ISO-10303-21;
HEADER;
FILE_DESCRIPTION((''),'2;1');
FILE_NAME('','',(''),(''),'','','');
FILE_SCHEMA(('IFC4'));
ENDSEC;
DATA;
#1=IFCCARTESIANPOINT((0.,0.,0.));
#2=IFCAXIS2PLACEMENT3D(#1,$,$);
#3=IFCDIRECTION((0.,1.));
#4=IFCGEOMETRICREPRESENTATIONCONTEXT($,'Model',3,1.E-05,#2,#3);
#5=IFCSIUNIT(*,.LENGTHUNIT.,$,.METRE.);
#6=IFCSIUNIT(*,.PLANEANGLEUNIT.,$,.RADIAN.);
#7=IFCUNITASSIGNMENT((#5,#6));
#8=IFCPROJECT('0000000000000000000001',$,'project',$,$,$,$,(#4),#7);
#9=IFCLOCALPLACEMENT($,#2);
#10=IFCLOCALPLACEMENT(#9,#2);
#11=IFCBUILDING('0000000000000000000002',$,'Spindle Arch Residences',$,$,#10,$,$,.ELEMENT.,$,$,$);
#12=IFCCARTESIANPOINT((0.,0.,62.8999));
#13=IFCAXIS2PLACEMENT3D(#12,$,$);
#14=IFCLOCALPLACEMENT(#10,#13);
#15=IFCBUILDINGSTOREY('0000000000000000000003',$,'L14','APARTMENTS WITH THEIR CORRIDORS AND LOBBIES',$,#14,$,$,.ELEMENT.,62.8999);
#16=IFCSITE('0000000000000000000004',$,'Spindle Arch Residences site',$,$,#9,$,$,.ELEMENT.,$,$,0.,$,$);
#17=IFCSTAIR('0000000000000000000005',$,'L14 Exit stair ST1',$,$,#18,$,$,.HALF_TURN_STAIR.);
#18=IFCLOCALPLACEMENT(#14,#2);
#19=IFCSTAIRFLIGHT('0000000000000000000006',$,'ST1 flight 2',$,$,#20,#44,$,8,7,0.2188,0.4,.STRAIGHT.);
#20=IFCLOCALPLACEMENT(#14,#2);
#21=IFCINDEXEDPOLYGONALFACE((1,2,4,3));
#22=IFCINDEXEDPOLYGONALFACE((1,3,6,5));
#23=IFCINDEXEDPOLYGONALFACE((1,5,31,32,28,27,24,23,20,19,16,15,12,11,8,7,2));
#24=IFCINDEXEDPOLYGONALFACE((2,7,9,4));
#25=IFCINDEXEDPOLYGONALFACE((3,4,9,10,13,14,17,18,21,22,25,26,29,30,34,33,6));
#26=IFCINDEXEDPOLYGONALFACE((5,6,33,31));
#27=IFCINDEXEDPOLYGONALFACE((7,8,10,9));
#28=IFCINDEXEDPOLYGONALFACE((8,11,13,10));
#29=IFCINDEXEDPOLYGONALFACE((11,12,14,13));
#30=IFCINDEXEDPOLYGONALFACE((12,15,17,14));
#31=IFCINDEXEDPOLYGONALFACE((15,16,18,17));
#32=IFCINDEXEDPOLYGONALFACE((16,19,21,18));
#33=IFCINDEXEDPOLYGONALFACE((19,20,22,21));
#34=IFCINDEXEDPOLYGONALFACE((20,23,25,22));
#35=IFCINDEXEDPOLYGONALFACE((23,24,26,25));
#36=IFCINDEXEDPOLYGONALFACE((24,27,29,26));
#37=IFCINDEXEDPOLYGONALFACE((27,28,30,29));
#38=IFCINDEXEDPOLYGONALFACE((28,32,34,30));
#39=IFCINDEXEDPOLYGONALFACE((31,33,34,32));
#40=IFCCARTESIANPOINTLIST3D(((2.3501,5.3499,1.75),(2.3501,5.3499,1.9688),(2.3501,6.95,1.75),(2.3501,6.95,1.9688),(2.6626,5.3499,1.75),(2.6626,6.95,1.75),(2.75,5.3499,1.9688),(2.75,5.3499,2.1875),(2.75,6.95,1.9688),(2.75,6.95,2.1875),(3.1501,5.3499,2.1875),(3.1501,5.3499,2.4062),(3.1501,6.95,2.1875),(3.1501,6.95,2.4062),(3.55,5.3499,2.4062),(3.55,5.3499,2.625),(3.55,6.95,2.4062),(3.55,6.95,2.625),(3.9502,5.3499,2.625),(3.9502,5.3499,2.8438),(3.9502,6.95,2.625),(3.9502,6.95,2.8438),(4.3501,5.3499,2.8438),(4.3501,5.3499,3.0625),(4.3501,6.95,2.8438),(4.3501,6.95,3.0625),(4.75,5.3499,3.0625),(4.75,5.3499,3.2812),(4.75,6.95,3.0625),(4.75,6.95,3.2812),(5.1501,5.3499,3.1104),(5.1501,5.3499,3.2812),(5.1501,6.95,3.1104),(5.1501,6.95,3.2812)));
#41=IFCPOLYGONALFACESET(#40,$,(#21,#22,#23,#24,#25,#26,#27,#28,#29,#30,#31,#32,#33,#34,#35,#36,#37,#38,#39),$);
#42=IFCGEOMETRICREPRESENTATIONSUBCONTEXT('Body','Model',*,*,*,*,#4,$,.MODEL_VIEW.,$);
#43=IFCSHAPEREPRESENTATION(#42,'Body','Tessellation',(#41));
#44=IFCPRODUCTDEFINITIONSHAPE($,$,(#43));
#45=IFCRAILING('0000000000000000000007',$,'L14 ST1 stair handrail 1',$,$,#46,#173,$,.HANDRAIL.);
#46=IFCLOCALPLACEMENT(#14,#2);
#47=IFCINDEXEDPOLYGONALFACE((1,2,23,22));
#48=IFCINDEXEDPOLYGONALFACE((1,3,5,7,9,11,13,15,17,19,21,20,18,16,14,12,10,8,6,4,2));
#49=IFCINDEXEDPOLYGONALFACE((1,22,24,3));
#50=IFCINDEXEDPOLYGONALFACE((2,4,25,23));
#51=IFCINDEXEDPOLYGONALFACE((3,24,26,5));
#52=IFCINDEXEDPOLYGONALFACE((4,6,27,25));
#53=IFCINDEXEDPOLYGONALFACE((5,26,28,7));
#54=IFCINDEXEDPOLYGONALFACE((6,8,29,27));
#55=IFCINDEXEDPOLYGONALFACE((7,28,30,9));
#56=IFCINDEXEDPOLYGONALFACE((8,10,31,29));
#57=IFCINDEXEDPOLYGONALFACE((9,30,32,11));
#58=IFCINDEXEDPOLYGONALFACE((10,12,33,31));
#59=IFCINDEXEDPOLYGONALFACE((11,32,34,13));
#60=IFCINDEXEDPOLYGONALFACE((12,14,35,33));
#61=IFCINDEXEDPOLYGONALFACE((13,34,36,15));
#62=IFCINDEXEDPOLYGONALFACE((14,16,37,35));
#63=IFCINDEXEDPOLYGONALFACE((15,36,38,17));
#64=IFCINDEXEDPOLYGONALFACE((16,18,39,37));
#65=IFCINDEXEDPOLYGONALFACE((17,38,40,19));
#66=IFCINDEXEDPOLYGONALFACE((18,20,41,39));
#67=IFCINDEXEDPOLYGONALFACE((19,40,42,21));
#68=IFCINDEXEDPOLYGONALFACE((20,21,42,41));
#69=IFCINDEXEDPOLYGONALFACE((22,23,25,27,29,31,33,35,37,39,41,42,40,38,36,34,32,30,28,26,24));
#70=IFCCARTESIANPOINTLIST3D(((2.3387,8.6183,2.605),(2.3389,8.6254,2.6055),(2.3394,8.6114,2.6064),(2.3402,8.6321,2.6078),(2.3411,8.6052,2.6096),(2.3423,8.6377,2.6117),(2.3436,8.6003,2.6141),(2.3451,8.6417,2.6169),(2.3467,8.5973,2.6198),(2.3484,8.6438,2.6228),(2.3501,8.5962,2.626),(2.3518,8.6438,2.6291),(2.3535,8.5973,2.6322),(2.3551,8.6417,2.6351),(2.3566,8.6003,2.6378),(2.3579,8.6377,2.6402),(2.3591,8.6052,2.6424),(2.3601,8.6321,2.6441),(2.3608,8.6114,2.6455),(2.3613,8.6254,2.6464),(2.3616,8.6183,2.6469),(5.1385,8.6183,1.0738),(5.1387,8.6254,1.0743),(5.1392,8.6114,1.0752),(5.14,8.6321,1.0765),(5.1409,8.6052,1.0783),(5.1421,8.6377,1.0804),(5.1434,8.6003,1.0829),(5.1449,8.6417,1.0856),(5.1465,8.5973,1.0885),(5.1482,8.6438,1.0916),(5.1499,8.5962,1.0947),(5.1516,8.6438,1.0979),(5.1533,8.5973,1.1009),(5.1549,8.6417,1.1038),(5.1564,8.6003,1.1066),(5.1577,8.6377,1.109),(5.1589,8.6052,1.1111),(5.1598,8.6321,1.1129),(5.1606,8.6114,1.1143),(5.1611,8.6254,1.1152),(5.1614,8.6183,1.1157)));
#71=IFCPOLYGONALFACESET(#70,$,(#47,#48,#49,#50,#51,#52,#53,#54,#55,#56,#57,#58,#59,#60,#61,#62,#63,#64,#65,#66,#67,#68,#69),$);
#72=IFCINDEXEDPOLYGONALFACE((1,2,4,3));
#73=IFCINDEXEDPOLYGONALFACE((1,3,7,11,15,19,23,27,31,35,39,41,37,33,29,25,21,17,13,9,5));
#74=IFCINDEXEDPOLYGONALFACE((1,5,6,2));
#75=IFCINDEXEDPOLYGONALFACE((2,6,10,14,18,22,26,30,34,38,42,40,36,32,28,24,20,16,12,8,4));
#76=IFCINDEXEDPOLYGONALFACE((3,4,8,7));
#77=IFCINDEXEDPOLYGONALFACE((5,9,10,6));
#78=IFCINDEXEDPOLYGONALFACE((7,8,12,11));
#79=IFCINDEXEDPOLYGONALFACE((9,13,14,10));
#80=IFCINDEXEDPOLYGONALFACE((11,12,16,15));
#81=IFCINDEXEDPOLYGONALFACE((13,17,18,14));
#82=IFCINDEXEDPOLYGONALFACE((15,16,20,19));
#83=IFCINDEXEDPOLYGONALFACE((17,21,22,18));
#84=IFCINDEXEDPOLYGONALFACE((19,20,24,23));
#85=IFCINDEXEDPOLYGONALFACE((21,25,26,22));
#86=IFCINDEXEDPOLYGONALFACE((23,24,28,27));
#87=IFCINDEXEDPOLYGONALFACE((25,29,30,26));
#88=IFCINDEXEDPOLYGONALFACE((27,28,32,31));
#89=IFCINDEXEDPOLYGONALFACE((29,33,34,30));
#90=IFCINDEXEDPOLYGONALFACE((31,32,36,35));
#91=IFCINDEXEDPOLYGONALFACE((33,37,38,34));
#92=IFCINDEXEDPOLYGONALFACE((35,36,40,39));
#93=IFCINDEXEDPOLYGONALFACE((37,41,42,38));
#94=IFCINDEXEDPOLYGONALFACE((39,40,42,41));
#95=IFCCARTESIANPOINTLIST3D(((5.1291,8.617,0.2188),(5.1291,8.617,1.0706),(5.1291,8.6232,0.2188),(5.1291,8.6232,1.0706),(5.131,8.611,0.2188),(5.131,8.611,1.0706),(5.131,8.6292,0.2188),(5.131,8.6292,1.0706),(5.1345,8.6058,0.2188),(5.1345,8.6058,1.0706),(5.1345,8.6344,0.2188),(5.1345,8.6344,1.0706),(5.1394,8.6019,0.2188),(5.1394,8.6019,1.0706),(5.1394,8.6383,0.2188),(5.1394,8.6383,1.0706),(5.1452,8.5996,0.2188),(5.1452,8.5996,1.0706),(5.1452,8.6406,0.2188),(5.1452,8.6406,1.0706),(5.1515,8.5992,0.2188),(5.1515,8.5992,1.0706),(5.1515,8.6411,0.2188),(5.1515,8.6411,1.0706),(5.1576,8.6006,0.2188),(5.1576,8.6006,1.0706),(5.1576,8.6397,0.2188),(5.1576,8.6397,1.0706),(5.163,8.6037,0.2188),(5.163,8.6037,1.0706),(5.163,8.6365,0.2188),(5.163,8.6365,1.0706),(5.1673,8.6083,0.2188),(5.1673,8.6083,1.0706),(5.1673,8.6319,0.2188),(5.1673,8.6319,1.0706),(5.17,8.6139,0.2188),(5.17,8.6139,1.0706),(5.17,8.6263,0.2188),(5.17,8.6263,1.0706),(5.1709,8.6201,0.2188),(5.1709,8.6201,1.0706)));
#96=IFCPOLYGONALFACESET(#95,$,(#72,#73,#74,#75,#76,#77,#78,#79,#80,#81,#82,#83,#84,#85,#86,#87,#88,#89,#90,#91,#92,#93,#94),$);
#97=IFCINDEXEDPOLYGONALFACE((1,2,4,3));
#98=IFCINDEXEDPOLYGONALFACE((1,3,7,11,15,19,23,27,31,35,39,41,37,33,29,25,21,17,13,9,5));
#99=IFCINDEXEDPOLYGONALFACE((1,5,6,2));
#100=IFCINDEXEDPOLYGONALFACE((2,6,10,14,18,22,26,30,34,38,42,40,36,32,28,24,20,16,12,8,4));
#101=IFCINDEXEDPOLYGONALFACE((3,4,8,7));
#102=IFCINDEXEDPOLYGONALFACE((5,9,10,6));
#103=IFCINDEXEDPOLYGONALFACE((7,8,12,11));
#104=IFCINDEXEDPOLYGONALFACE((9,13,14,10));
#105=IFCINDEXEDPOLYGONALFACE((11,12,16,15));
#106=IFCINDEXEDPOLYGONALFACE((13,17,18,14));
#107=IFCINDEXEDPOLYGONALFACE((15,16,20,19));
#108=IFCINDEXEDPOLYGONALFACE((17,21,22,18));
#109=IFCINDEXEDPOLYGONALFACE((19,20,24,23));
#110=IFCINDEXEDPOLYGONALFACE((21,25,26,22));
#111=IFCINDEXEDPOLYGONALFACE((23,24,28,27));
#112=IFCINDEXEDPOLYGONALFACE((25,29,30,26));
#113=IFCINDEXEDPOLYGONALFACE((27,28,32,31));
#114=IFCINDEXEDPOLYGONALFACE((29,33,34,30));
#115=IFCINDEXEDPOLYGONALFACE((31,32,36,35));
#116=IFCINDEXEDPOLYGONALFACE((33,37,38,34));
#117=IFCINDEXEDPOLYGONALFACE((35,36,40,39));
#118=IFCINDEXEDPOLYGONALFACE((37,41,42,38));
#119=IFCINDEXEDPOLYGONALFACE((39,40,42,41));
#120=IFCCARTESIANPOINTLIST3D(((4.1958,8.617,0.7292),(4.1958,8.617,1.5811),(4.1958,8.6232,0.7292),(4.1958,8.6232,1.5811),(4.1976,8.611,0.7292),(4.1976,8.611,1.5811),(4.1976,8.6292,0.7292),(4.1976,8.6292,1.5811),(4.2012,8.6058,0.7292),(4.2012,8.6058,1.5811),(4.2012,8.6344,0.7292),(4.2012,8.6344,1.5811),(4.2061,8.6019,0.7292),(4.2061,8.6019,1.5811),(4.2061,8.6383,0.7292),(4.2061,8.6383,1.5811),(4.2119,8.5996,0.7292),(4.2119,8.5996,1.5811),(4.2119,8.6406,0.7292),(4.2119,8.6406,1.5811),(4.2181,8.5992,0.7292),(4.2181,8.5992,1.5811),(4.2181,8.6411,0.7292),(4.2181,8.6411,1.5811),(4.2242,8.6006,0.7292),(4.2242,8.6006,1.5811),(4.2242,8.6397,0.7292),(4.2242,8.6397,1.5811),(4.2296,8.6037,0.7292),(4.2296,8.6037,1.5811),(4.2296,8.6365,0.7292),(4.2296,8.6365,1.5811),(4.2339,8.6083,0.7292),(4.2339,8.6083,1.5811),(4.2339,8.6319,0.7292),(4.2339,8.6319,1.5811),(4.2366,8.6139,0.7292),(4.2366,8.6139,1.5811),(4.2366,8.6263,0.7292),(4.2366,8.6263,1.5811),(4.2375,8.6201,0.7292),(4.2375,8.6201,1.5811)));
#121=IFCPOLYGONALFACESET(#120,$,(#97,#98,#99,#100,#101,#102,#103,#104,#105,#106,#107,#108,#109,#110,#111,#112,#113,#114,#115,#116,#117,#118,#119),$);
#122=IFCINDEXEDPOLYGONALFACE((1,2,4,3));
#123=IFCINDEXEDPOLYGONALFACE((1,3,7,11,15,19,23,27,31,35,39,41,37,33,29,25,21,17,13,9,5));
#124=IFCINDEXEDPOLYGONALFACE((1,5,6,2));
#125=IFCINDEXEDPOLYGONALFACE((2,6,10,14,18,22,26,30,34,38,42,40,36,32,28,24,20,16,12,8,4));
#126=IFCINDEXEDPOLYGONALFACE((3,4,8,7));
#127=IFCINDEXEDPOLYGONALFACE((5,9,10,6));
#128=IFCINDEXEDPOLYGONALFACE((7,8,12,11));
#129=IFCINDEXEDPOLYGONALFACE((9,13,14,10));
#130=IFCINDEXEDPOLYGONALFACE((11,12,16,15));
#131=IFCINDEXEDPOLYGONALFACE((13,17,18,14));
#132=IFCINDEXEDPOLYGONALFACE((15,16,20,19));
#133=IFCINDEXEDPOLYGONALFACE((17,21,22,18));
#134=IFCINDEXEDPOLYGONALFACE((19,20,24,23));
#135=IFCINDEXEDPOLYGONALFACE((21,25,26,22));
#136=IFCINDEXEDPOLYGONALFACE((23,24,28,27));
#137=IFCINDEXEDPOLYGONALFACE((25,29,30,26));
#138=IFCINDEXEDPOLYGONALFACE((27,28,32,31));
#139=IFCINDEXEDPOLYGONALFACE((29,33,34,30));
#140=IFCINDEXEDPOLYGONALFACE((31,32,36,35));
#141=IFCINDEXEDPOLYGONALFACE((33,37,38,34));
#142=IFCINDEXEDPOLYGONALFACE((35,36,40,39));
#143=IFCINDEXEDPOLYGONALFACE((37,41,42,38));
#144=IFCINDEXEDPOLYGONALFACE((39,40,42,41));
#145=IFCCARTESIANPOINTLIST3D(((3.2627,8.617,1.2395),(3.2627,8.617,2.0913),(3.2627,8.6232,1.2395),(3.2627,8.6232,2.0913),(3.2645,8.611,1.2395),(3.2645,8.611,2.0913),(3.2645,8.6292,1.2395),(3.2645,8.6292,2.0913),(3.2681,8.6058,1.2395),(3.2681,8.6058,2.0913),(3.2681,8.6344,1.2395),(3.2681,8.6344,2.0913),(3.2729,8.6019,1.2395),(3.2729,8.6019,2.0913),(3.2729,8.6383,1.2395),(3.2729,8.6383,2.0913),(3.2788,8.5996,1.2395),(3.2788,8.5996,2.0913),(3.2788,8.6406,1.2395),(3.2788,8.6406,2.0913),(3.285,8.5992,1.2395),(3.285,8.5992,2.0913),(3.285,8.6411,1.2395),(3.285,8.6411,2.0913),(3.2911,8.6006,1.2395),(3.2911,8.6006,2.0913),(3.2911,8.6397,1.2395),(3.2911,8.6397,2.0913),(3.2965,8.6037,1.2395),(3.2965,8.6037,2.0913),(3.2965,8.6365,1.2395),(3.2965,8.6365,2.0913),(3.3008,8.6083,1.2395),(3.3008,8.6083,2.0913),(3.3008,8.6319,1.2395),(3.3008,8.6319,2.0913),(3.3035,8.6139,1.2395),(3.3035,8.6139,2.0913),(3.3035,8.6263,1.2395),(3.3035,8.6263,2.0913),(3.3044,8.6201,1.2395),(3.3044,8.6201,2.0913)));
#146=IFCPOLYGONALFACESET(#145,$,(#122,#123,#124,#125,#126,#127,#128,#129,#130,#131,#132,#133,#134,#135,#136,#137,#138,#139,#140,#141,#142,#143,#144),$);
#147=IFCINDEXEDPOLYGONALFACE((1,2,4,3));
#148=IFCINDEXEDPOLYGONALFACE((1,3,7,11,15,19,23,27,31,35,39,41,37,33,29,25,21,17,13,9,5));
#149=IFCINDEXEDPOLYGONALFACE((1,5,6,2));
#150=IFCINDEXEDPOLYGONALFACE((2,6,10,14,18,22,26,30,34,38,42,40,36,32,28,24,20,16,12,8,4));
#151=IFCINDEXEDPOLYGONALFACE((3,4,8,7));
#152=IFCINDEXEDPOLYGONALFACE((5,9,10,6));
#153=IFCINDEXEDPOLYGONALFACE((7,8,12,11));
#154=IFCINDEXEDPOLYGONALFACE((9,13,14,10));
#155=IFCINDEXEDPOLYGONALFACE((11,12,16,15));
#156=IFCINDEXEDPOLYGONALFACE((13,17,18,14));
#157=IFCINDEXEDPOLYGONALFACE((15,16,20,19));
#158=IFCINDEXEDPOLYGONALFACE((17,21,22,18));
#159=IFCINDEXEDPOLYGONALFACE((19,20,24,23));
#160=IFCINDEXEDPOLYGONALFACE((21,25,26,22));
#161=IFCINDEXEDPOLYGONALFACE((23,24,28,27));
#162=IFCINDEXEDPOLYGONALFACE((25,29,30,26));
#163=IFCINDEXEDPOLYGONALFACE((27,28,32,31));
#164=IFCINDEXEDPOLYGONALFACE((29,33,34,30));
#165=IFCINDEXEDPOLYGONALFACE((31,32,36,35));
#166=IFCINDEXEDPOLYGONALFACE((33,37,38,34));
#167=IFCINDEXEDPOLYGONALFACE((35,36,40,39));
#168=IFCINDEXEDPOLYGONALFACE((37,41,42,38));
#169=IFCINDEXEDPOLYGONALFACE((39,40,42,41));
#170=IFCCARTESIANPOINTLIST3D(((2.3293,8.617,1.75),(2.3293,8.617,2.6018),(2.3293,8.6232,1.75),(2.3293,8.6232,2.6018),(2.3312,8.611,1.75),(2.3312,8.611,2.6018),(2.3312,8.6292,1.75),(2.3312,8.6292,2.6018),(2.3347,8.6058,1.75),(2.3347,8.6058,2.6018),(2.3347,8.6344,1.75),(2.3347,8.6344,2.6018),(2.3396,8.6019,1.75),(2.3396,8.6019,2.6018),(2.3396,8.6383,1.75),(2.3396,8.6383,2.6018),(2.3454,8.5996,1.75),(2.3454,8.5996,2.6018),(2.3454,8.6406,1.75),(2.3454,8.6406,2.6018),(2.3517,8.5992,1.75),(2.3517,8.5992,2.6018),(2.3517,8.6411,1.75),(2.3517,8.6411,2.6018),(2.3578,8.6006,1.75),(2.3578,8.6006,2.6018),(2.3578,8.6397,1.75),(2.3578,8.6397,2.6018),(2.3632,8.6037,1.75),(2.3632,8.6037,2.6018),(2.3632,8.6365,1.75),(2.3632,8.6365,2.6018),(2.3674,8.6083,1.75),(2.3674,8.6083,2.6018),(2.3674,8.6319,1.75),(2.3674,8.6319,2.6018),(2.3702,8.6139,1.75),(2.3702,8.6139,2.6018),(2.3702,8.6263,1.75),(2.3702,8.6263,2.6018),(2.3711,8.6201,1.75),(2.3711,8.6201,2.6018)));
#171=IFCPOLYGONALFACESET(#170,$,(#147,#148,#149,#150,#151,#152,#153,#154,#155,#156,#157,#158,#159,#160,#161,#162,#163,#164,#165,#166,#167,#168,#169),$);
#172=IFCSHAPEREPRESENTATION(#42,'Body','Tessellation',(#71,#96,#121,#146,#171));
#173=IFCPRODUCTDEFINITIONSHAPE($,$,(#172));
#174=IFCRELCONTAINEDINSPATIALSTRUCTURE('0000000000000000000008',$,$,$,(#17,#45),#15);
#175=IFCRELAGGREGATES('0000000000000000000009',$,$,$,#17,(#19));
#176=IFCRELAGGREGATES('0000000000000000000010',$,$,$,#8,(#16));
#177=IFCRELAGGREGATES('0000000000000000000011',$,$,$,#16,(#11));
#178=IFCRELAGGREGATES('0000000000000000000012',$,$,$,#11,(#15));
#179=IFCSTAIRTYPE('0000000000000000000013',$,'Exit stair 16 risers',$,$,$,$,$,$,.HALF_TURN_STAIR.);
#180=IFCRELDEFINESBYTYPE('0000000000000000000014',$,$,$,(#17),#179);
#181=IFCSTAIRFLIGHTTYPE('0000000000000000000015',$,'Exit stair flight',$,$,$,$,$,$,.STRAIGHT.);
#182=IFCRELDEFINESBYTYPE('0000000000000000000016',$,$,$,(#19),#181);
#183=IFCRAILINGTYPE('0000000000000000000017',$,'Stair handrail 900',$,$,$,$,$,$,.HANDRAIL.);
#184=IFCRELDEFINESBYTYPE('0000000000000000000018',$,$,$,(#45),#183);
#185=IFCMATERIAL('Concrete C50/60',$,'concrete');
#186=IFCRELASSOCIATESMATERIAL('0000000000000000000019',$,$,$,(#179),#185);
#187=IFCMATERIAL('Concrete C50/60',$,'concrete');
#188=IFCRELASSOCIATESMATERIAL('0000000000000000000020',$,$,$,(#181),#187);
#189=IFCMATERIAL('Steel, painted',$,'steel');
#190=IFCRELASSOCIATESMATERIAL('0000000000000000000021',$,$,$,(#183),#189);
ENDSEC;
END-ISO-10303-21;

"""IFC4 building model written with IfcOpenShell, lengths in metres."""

from ifc_helpers import new_model, si_unit, direction, frame, origin, origin_2d, place, context, subcontext, project, spatial, polyline, circle, outline, extrude, material, type_object, element, aggregate, save


model = new_model("IFC4")

# Units and contexts
model_context = context("Model", 3, precision=1e-05, world=origin(), true_north=direction((0.0, 1.0)))
body_context = subcontext(model_context, "Body", "Model", "MODEL_VIEW")
ifc_project = project(units=[si_unit("LENGTHUNIT", "METRE"), si_unit("PLANEANGLEUNIT", "RADIAN")], contexts=[model_context])

# Site, building, storey
site_placement = place(None, origin())
site = spatial("IfcSite", under=ifc_project, at=site_placement, Name="Spindle Arch Residences site", CompositionType="ELEMENT", RefElevation=0.0)
building_placement = place(site_placement, origin())
building = spatial("IfcBuilding", under=site, at=building_placement, Name="Spindle Arch Residences", CompositionType="ELEMENT")
storey_placement = place(building_placement, frame((0.0, 0.0, 62.8999)))
storey = spatial("IfcBuildingStorey", under=building, at=storey_placement, Name="L14", Description="APARTMENTS WITH THEIR CORRIDORS AND LOBBIES", CompositionType="ELEMENT", Elevation=62.8999)

# Stair
ifc_material_1 = material(Name="Concrete C50/60", Category="concrete")
stair_type = type_object("IfcStairType", Name="Exit stair 16 risers", PredefinedType="HALF_TURN_STAIR", material=ifc_material_1)
stair_1_placement = place(storey_placement, origin())
stair_1 = element("IfcStair", 1, at=stair_1_placement, inside=storey, type_object=stair_type, Name="L14 Exit stair ST1", PredefinedType="HALF_TURN_STAIR")

# Stair flight
ifc_material_2 = material(Name="Concrete C50/60", Category="concrete")
stair_flight_type = type_object("IfcStairFlightType", Name="Exit stair flight", PredefinedType="STRAIGHT", material=ifc_material_2)
stair_flight_1_placement = place(storey_placement, frame((2.3501, 6.1499, 1.75), z_axis=(0.0, 0.0, 1.0), x_axis=(1.0, 0.0, 0.0)))
stair_flight_1 = element("IfcStairFlight", 2, at=stair_flight_1_placement, type_object=stair_flight_type, Name="ST1 flight 2", NumberOfRisers=8, NumberOfTreads=7, PredefinedType="STRAIGHT", RiserHeight=0.2188, TreadLength=0.4, context=body_context, shape_type="SweptSolid", body=[
    extrude(outline(polyline([(0.0, 0.0), (0.0, 0.2188), (0.3999, 0.2188), (0.3999, 0.4375), (0.8, 0.4375), (0.8, 0.6562), (1.2, 0.6562), (1.2, 0.875), (1.6001, 0.875), (1.6001, 1.0938), (2.0, 1.0938), (2.0, 1.3125), (2.3999, 1.3125), (2.3999, 1.5312), (2.8, 1.5312), (2.8, 1.75), (2.8, 1.3604), (0.3125, 0.0), (0.0, 0.0)])), frame((0.0, 0.8, 0.0), z_axis=(0.0, -1.0, 0.0), x_axis=(1.0, 0.0, 0.0)), (0.0, 0.0, 1.0), 1.6001),
])
aggregate(stair_1, [stair_flight_1])

# Railing
ifc_material_3 = material(Name="Steel, painted", Category="steel")
railing_type_1 = type_object("IfcRailingType", Name="Stair handrail 900", PredefinedType="HANDRAIL", material=ifc_material_3)
railing_1_placement = place(storey_placement, frame((5.1499, 8.6201, 0.2188)))
element("IfcRailing", 3, at=railing_1_placement, inside=storey, type_object=railing_type_1, Name="L14 ST1 stair handrail 1", PredefinedType="HANDRAIL", context=body_context, shape_type="SweptSolid", body=[
    extrude(circle(Radius=0.0239, at=origin_2d()), frame((0.0, 0.0, 0.876), z_axis=(-0.877357, 0.0, 0.479838), x_axis=(0.0, -1.0, 0.0)), (0.0, 0.0, 1.0), 3.1912),
    extrude(circle(Radius=0.021, at=origin_2d()), origin(), (0.0, 0.0, 1.0), 0.8518),
    extrude(circle(Radius=0.021, at=origin_2d()), frame((-0.9333, 0.0, 0.5105)), (0.0, 0.0, 1.0), 0.8518),
    extrude(circle(Radius=0.021, at=origin_2d()), frame((-1.8665, 0.0, 1.0208)), (0.0, 0.0, 1.0), 0.8518),
    extrude(circle(Radius=0.021, at=origin_2d()), frame((-2.7998, 0.0, 1.5312)), (0.0, 0.0, 1.0), 0.8518),
])

save(model, "model.ifc")
